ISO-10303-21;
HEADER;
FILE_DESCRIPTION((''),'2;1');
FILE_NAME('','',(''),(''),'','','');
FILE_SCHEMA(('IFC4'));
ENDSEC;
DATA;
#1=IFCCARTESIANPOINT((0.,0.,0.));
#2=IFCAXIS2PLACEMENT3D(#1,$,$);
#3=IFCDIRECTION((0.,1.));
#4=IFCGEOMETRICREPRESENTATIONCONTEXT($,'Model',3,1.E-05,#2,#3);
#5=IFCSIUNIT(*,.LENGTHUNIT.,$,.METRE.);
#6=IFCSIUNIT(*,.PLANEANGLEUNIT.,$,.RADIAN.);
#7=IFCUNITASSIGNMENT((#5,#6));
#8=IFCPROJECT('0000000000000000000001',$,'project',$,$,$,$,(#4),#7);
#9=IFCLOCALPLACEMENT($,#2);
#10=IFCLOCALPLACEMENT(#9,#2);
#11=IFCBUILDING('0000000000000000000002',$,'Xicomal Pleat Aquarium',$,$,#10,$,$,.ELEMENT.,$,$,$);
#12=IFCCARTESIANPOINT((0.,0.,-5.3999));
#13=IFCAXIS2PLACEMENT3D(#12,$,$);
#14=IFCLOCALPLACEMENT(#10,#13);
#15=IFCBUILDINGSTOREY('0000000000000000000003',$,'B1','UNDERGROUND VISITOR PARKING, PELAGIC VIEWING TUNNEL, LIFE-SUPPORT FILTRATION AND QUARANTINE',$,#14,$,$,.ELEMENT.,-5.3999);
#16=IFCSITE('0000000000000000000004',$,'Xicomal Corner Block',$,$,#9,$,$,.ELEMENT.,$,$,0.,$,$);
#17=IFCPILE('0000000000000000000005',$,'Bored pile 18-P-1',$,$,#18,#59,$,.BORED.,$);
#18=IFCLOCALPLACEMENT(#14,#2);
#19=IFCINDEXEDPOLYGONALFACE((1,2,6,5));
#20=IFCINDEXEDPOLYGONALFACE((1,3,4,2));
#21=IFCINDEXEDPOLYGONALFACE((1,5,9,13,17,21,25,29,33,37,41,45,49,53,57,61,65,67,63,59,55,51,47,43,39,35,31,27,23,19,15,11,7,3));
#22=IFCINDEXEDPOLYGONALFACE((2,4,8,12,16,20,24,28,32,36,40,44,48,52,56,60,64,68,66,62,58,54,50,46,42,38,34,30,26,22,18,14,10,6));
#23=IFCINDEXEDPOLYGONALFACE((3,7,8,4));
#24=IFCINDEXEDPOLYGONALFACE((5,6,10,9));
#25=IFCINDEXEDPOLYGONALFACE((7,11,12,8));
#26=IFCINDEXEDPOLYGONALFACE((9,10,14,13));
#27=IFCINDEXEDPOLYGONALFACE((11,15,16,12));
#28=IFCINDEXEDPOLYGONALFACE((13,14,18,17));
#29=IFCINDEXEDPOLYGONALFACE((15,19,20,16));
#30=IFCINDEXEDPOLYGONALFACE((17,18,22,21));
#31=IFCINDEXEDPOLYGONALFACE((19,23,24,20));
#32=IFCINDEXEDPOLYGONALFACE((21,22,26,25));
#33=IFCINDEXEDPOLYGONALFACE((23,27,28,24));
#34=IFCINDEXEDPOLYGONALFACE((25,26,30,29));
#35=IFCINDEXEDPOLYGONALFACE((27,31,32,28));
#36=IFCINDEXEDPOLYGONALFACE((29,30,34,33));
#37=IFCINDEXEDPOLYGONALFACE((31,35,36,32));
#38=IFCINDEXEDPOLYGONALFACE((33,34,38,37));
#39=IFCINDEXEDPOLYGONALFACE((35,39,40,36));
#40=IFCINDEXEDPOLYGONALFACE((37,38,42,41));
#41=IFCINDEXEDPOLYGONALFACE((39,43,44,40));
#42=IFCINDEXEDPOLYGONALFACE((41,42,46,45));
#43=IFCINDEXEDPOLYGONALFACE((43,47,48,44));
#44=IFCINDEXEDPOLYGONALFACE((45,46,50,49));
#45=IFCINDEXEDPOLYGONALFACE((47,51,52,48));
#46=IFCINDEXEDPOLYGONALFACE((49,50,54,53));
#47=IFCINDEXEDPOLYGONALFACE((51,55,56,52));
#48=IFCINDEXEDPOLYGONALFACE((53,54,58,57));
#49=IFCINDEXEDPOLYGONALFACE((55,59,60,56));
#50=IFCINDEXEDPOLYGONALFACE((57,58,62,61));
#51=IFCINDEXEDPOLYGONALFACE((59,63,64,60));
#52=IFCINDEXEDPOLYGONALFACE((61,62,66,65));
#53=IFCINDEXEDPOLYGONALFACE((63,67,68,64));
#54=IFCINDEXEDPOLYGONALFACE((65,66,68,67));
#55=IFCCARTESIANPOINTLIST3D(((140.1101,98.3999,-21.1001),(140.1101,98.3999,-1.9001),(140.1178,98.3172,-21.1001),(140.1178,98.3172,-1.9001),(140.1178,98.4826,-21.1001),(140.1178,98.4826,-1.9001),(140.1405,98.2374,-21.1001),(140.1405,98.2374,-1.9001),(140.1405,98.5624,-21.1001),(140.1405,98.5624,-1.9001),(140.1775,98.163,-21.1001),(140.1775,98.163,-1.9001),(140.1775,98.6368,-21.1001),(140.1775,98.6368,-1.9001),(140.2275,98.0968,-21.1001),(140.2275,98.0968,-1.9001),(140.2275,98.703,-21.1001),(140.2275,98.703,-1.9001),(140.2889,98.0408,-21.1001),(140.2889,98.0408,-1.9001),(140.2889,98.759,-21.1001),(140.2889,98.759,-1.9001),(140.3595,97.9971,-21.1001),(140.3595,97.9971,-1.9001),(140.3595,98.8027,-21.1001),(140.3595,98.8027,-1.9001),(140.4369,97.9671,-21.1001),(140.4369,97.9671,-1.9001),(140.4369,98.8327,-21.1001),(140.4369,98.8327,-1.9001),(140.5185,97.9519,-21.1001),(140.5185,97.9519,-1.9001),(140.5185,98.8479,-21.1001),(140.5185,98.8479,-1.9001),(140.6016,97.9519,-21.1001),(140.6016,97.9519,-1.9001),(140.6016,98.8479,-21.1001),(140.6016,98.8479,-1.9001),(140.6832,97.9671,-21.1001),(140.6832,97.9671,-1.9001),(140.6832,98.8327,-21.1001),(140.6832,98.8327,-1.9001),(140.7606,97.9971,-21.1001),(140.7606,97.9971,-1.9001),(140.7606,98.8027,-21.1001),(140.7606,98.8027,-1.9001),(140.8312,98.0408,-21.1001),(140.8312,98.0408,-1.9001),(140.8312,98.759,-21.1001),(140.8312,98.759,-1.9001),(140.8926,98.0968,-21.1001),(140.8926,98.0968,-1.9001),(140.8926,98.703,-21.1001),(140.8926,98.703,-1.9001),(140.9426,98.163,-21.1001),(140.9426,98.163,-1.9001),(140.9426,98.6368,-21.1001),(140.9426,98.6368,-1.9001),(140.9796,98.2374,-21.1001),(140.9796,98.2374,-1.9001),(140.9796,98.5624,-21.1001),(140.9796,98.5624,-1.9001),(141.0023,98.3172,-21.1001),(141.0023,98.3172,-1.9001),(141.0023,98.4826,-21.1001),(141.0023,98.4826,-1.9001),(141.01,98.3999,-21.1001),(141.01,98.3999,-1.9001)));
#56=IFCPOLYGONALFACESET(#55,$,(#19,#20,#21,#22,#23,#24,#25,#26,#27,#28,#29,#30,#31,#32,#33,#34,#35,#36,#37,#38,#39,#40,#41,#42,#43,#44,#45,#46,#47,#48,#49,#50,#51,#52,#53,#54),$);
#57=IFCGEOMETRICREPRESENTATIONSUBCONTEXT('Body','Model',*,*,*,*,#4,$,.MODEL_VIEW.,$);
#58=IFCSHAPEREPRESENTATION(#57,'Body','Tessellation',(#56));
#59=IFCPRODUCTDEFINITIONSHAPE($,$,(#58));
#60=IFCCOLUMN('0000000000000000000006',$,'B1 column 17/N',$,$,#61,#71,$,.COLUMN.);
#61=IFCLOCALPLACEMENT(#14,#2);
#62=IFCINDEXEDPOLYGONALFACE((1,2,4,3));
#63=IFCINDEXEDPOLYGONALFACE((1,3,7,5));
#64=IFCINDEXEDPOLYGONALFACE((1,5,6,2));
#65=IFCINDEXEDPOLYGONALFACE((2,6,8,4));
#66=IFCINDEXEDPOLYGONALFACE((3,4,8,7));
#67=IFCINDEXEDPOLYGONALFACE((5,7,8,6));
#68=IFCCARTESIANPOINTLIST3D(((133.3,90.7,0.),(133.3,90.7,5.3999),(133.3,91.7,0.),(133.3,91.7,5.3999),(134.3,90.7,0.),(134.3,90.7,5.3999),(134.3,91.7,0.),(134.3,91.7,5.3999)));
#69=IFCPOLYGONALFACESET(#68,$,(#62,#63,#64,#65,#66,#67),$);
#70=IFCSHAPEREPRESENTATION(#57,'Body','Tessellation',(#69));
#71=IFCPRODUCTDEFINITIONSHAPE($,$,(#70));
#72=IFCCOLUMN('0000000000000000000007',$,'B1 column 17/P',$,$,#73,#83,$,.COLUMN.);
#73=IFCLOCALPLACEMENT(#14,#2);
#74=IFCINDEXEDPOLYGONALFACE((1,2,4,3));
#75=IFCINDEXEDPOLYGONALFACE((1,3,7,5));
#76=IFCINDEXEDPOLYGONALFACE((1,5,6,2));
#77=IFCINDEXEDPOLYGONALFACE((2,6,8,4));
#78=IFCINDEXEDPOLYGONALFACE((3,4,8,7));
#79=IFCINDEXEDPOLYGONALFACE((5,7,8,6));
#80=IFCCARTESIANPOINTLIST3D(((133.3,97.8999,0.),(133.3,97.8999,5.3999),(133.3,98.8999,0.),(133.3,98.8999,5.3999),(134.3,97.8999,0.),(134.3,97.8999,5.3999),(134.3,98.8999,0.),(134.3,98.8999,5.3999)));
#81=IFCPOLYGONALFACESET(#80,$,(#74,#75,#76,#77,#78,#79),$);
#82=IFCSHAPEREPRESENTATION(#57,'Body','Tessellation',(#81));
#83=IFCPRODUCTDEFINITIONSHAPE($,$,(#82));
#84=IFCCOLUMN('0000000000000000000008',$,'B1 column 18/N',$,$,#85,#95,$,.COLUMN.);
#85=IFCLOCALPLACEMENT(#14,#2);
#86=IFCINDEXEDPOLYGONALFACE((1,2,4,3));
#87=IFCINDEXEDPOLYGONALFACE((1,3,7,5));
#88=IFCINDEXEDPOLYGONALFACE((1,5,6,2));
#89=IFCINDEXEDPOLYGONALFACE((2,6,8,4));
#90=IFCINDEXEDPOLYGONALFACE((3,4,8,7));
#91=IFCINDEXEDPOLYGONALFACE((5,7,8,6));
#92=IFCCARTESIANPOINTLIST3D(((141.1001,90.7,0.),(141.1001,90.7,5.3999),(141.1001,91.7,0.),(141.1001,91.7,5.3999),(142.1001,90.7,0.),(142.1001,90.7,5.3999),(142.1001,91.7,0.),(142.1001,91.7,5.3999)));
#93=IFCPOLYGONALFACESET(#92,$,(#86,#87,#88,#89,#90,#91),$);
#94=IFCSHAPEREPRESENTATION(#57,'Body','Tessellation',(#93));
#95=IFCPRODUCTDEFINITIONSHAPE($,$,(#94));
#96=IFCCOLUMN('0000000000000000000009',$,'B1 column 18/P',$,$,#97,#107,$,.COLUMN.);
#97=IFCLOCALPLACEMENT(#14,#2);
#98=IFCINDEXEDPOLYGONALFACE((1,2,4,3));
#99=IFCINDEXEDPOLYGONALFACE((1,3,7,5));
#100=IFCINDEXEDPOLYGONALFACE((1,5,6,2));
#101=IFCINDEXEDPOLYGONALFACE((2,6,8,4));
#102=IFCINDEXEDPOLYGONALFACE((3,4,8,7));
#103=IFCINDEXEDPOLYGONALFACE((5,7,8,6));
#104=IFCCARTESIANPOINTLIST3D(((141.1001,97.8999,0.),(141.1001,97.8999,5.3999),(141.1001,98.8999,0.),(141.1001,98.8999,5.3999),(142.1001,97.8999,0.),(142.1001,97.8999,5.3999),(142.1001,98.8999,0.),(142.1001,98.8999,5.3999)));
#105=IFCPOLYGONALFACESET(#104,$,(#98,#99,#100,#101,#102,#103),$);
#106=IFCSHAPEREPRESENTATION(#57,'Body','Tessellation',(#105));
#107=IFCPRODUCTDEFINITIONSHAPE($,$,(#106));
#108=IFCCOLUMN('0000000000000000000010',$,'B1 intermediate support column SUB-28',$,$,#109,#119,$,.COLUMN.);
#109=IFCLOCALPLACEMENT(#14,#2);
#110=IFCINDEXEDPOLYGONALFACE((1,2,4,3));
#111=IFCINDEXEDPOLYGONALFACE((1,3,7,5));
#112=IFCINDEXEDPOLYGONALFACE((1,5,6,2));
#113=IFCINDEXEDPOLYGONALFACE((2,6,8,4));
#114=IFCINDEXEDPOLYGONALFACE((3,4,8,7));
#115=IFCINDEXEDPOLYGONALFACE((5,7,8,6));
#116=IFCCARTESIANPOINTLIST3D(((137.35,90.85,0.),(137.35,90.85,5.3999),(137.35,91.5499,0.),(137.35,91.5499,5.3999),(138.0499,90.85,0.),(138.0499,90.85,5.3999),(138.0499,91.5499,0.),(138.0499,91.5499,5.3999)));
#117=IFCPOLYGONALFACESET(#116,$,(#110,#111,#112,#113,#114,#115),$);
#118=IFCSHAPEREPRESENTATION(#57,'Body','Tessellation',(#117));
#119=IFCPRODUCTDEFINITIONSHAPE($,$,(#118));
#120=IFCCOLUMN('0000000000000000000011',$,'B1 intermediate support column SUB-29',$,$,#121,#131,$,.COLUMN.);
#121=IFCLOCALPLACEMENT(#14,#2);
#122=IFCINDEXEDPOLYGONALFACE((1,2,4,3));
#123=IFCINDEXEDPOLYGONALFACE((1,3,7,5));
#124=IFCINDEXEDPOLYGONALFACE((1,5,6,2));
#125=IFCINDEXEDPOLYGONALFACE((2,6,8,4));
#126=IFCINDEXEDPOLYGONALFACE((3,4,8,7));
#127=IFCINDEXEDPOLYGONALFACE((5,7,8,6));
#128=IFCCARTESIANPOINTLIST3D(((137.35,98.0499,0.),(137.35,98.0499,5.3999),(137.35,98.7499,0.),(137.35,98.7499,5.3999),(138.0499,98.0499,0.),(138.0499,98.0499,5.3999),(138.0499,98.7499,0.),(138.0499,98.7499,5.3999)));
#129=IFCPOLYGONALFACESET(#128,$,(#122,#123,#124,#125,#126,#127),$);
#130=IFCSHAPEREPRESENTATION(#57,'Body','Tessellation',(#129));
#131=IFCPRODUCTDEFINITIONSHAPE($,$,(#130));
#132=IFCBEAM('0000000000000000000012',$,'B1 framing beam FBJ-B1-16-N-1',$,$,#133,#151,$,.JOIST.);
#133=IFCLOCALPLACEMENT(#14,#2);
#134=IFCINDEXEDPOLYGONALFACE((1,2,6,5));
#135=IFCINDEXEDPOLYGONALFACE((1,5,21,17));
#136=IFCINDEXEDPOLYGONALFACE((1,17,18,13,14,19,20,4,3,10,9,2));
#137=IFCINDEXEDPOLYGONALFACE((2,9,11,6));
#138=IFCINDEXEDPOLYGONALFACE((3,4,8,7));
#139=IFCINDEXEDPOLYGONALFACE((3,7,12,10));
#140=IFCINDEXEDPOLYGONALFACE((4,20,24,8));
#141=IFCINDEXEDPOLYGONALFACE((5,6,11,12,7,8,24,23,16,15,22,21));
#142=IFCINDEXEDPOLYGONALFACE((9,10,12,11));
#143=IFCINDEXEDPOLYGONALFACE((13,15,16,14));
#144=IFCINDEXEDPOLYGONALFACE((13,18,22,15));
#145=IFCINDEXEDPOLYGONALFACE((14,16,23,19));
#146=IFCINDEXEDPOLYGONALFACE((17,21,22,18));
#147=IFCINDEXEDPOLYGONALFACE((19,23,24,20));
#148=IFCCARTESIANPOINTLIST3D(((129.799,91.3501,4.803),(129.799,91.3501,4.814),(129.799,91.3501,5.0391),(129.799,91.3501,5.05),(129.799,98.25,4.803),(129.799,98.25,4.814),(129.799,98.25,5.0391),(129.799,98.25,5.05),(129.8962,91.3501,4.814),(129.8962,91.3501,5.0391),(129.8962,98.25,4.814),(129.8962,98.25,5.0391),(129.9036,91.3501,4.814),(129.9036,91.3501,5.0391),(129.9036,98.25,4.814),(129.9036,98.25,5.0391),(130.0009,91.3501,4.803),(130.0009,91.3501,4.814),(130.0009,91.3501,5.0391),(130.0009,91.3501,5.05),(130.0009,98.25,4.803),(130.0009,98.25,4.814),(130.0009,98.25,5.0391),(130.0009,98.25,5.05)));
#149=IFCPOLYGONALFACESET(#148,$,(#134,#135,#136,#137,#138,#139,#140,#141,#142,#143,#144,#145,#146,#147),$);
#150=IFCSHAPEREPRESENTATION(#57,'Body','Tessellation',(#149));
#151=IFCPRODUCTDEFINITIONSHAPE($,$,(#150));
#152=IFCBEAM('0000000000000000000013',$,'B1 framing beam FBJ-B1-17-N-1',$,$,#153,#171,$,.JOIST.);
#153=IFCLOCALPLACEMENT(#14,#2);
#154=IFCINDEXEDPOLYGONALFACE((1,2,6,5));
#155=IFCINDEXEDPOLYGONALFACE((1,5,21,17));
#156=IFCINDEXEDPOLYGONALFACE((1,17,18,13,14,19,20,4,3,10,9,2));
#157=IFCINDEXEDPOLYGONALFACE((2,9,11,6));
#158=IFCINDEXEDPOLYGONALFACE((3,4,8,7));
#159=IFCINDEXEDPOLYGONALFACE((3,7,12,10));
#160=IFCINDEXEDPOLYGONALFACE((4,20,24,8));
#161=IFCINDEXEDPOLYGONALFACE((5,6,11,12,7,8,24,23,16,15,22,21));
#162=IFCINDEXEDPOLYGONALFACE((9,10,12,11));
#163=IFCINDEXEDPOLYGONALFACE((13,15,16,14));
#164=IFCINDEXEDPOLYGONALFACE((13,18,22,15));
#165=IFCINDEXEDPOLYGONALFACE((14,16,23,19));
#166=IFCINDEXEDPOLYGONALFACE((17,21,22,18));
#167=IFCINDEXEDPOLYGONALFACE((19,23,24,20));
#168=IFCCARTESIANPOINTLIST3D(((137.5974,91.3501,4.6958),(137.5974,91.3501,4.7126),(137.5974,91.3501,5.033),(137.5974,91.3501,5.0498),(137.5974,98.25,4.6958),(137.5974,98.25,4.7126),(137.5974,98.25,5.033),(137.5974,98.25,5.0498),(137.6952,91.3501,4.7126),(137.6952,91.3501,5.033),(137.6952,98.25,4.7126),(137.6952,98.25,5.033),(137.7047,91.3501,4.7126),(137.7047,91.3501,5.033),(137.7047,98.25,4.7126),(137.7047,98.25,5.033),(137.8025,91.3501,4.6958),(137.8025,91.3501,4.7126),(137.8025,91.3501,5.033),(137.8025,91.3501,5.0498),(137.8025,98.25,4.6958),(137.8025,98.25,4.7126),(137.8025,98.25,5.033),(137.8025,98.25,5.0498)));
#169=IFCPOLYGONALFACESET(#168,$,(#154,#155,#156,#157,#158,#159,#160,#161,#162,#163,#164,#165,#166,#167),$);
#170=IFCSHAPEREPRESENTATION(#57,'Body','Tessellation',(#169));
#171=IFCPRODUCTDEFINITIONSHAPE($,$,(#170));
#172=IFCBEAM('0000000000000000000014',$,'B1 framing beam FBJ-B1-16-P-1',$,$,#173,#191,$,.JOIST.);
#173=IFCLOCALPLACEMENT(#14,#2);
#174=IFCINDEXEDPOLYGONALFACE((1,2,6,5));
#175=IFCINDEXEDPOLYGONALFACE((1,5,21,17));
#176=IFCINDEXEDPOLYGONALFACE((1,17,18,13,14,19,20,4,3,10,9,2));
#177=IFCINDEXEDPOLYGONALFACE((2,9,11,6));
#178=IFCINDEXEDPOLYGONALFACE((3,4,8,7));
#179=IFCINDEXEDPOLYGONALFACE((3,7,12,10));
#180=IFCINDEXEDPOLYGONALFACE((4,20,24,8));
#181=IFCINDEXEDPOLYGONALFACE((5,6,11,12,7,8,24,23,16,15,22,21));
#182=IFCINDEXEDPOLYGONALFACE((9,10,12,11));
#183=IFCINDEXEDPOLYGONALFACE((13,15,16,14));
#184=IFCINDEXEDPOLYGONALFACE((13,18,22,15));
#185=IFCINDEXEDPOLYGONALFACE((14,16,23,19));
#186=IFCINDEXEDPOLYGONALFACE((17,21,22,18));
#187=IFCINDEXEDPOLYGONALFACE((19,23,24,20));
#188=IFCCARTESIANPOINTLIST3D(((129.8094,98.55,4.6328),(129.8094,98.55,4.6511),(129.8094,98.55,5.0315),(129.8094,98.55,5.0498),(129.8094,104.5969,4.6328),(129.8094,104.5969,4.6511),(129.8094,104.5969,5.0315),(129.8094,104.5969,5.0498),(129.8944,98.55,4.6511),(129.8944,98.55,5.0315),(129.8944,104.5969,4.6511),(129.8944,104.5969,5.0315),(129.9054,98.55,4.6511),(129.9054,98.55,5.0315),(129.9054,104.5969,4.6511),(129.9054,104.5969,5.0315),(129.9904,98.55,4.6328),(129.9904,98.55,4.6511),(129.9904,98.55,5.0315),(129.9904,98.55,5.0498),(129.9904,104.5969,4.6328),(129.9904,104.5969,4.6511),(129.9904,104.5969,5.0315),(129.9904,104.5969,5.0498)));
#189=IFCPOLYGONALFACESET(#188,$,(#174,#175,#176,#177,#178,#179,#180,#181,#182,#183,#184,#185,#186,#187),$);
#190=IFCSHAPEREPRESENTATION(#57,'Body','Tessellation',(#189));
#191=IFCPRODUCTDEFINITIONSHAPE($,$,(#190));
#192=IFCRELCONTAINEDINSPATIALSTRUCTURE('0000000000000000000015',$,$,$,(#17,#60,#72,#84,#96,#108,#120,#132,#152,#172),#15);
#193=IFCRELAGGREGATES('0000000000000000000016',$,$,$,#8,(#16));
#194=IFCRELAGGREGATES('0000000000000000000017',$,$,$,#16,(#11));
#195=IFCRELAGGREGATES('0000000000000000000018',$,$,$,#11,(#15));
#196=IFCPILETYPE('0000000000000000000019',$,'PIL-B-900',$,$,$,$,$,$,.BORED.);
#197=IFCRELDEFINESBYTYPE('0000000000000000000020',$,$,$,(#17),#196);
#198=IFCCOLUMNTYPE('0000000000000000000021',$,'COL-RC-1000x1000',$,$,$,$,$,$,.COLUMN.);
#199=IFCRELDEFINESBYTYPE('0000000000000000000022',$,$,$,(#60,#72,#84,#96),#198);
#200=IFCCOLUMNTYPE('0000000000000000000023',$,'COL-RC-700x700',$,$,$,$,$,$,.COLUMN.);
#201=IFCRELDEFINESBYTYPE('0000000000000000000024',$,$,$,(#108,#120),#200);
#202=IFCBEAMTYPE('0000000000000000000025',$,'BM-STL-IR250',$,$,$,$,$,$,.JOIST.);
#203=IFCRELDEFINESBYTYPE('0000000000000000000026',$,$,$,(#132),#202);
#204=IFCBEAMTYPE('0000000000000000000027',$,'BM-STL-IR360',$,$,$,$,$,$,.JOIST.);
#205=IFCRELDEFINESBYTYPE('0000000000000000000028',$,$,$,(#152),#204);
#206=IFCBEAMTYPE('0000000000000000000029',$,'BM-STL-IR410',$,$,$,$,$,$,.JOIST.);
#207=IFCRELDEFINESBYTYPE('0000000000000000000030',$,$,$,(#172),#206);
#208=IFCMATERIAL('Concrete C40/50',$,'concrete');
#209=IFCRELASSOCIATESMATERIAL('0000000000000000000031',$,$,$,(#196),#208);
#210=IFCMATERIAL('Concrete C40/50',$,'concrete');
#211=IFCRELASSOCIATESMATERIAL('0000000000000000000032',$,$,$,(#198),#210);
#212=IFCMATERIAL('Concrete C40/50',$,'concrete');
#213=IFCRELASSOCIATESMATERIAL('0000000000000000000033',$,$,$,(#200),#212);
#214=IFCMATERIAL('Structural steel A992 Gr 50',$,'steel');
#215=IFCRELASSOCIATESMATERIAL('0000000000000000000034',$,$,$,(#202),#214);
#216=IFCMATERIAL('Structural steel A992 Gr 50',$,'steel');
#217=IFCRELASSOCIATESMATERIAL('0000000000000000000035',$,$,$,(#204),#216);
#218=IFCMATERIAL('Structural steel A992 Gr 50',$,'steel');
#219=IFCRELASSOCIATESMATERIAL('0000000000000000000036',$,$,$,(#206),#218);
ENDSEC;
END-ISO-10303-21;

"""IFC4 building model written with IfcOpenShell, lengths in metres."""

from ifc_helpers import new_model, si_unit, direction, frame, origin, origin_2d, place, context, subcontext, project, spatial, rectangle, circle, i_section, extrude, material, material_profile, profile_set, type_object, element, save


model = new_model("IFC4")

# Units and contexts
model_context = context("Model", 3, precision=1e-05, world=origin(), true_north=direction((0.0, 1.0)))
body_context = subcontext(model_context, "Body", "Model", "MODEL_VIEW")
ifc_project = project(units=[si_unit("LENGTHUNIT", "METRE"), si_unit("PLANEANGLEUNIT", "RADIAN")], contexts=[model_context])

# Site, building, storey
site_placement = place(None, origin())
site = spatial("IfcSite", under=ifc_project, at=site_placement, Name="Xicomal Corner Block", CompositionType="ELEMENT", RefElevation=0.0)
building_placement = place(site_placement, origin())
building = spatial("IfcBuilding", under=site, at=building_placement, Name="Xicomal Pleat Aquarium", CompositionType="ELEMENT")
storey_placement = place(building_placement, frame((0.0, 0.0, -5.3999)))
storey = spatial("IfcBuildingStorey", under=building, at=storey_placement, Name="B1", Description="UNDERGROUND VISITOR PARKING, PELAGIC VIEWING TUNNEL, LIFE-SUPPORT FILTRATION AND QUARANTINE", CompositionType="ELEMENT", Elevation=-5.3999)

# Pile
ifc_material_1 = material(Name="Concrete C40/50", Category="concrete")
ifc_material_profile_1 = material_profile(ifc_material_1, circle(Radius=0.45, at=origin_2d()), Name="BORED PILE D900")
ifc_profile_set_1 = profile_set([ifc_material_profile_1], Name="Concrete C40/50")
pile_type_1 = type_object("IfcPileType", Name="PIL-B-900", PredefinedType="BORED", material=ifc_profile_set_1)
pile_1_placement = place(storey_placement, frame((140.5601, 98.3999, -1.9001), z_axis=(0.0, 0.0, -1.0), x_axis=(1.0, 0.0, 0.0)))
element("IfcPile", 1, at=pile_1_placement, inside=storey, type_object=pile_type_1, Name="Bored pile 18-P-1", PredefinedType="BORED", context=body_context, shape_type="SweptSolid", body=[
    extrude(circle(Radius=0.45, at=origin_2d()), origin(), (0.0, 0.0, 1.0), 19.2),
])

# Columns
ifc_material_2 = material(Name="Concrete C40/50", Category="concrete")
ifc_material_profile_2 = material_profile(ifc_material_2, rectangle(XDim=1.0, YDim=1.0, at=origin_2d()), Name="RC 1000x1000")
ifc_profile_set_2 = profile_set([ifc_material_profile_2], Name="Concrete C40/50")
column_type_1 = type_object("IfcColumnType", Name="COL-RC-1000x1000", PredefinedType="COLUMN", material=ifc_profile_set_2)
for number, where, z_axis, x_axis, name in (
    (2, (133.8, 91.2, 0.0), (0.0, 0.0, 1.0), (1.0, 0.0, 0.0), "B1 column 17/N"),
    (3, (133.8, 98.3999, 0.0), (0.0, 0.0, 1.0), (1.0, 0.0, 0.0), "B1 column 17/P"),
    (4, (141.6001, 91.2, 0.0), (0.0, 0.0, 1.0), (1.0, 0.0, 0.0), "B1 column 18/N"),
    (5, (141.6001, 98.3999, 0.0), (0.0, 0.0, 1.0), (1.0, 0.0, 0.0), "B1 column 18/P"),
):
    element("IfcColumn", number, at=place(storey_placement, frame(where, z_axis=z_axis, x_axis=x_axis)), inside=storey, type_object=column_type_1, Name=name, PredefinedType="COLUMN", context=body_context, shape_type="SweptSolid", body=[
        extrude(rectangle(XDim=1.0, YDim=1.0, at=origin_2d()), origin(), (0.0, 0.0, 1.0), 5.3999),
    ])
ifc_material_3 = material(Name="Concrete C40/50", Category="concrete")
ifc_material_profile_3 = material_profile(ifc_material_3, rectangle(XDim=0.7, YDim=0.7, at=origin_2d()), Name="RC 700x700")
ifc_profile_set_3 = profile_set([ifc_material_profile_3], Name="Concrete C40/50")
column_type_2 = type_object("IfcColumnType", Name="COL-RC-700x700", PredefinedType="COLUMN", material=ifc_profile_set_3)
for number, where, z_axis, x_axis, name in (
    (6, (137.7, 91.2, 0.0), (0.0, 0.0, 1.0), (1.0, 0.0, 0.0), "B1 intermediate support column SUB-28"),
    (7, (137.7, 98.3999, 0.0), (0.0, 0.0, 1.0), (1.0, 0.0, 0.0), "B1 intermediate support column SUB-29"),
):
    element("IfcColumn", number, at=place(storey_placement, frame(where, z_axis=z_axis, x_axis=x_axis)), inside=storey, type_object=column_type_2, Name=name, PredefinedType="COLUMN", context=body_context, shape_type="SweptSolid", body=[
        extrude(rectangle(XDim=0.7, YDim=0.7, at=origin_2d()), origin(), (0.0, 0.0, 1.0), 5.3999),
    ])

# Beams
ifc_material_4 = material(Name="Structural steel A992 Gr 50", Category="steel")
ifc_material_profile_4 = material_profile(ifc_material_4, i_section(OverallWidth=0.2019, OverallDepth=0.2471, WebThickness=0.0073, FlangeThickness=0.011, at=origin_2d()), Name="IR 250x49")
ifc_profile_set_4 = profile_set([ifc_material_profile_4], Name="Structural steel A992 Gr 50")
beam_type_1 = type_object("IfcBeamType", Name="BM-STL-IR250", PredefinedType="JOIST", material=ifc_profile_set_4)
beam_1_placement = place(storey_placement, frame((129.8999, 91.3501, 4.9265), z_axis=(0.0, 1.0, 0.0), x_axis=(-1.0, 0.0, 0.0)))
element("IfcBeam", 8, at=beam_1_placement, inside=storey, type_object=beam_type_1, Name="B1 framing beam FBJ-B1-16-N-1", PredefinedType="JOIST", context=body_context, shape_type="SweptSolid", body=[
    extrude(i_section(OverallWidth=0.2019, OverallDepth=0.2471, WebThickness=0.0073, FlangeThickness=0.011, at=origin_2d()), origin(), (0.0, 0.0, 1.0), 6.8999),
])
ifc_material_5 = material(Name="Structural steel A992 Gr 50", Category="steel")
ifc_material_profile_5 = material_profile(ifc_material_5, i_section(OverallWidth=0.2051, OverallDepth=0.354, WebThickness=0.0095, FlangeThickness=0.0168, at=origin_2d()), Name="IR 360x79")
ifc_profile_set_5 = profile_set([ifc_material_profile_5], Name="Structural steel A992 Gr 50")
beam_type_2 = type_object("IfcBeamType", Name="BM-STL-IR360", PredefinedType="JOIST", material=ifc_profile_set_5)
beam_2_placement = place(storey_placement, frame((137.7, 91.3501, 4.8728), z_axis=(0.0, 1.0, 0.0), x_axis=(-1.0, 0.0, 0.0)))
element("IfcBeam", 9, at=beam_2_placement, inside=storey, type_object=beam_type_2, Name="B1 framing beam FBJ-B1-17-N-1", PredefinedType="JOIST", context=body_context, shape_type="SweptSolid", body=[
    extrude(i_section(OverallWidth=0.2051, OverallDepth=0.354, WebThickness=0.0095, FlangeThickness=0.0168, at=origin_2d()), origin(), (0.0, 0.0, 1.0), 6.8999),
])
ifc_material_6 = material(Name="Structural steel A992 Gr 50", Category="steel")
ifc_material_profile_6 = material_profile(ifc_material_6, i_section(OverallWidth=0.1809, OverallDepth=0.417, WebThickness=0.011, FlangeThickness=0.0183, at=origin_2d()), Name="IR 410x85")
ifc_profile_set_6 = profile_set([ifc_material_profile_6], Name="Structural steel A992 Gr 50")
beam_type_3 = type_object("IfcBeamType", Name="BM-STL-IR410", PredefinedType="JOIST", material=ifc_profile_set_6)
beam_3_placement = place(storey_placement, frame((129.8999, 98.55, 4.8413), z_axis=(0.0, 1.0, 0.0), x_axis=(-1.0, 0.0, 0.0)))
element("IfcBeam", 10, at=beam_3_placement, inside=storey, type_object=beam_type_3, Name="B1 framing beam FBJ-B1-16-P-1", PredefinedType="JOIST", context=body_context, shape_type="SweptSolid", body=[
    extrude(i_section(OverallWidth=0.1809, OverallDepth=0.417, WebThickness=0.011, FlangeThickness=0.0183, at=origin_2d()), origin(), (0.0, 0.0, 1.0), 6.0469),
])

save(model, "model.ifc")
